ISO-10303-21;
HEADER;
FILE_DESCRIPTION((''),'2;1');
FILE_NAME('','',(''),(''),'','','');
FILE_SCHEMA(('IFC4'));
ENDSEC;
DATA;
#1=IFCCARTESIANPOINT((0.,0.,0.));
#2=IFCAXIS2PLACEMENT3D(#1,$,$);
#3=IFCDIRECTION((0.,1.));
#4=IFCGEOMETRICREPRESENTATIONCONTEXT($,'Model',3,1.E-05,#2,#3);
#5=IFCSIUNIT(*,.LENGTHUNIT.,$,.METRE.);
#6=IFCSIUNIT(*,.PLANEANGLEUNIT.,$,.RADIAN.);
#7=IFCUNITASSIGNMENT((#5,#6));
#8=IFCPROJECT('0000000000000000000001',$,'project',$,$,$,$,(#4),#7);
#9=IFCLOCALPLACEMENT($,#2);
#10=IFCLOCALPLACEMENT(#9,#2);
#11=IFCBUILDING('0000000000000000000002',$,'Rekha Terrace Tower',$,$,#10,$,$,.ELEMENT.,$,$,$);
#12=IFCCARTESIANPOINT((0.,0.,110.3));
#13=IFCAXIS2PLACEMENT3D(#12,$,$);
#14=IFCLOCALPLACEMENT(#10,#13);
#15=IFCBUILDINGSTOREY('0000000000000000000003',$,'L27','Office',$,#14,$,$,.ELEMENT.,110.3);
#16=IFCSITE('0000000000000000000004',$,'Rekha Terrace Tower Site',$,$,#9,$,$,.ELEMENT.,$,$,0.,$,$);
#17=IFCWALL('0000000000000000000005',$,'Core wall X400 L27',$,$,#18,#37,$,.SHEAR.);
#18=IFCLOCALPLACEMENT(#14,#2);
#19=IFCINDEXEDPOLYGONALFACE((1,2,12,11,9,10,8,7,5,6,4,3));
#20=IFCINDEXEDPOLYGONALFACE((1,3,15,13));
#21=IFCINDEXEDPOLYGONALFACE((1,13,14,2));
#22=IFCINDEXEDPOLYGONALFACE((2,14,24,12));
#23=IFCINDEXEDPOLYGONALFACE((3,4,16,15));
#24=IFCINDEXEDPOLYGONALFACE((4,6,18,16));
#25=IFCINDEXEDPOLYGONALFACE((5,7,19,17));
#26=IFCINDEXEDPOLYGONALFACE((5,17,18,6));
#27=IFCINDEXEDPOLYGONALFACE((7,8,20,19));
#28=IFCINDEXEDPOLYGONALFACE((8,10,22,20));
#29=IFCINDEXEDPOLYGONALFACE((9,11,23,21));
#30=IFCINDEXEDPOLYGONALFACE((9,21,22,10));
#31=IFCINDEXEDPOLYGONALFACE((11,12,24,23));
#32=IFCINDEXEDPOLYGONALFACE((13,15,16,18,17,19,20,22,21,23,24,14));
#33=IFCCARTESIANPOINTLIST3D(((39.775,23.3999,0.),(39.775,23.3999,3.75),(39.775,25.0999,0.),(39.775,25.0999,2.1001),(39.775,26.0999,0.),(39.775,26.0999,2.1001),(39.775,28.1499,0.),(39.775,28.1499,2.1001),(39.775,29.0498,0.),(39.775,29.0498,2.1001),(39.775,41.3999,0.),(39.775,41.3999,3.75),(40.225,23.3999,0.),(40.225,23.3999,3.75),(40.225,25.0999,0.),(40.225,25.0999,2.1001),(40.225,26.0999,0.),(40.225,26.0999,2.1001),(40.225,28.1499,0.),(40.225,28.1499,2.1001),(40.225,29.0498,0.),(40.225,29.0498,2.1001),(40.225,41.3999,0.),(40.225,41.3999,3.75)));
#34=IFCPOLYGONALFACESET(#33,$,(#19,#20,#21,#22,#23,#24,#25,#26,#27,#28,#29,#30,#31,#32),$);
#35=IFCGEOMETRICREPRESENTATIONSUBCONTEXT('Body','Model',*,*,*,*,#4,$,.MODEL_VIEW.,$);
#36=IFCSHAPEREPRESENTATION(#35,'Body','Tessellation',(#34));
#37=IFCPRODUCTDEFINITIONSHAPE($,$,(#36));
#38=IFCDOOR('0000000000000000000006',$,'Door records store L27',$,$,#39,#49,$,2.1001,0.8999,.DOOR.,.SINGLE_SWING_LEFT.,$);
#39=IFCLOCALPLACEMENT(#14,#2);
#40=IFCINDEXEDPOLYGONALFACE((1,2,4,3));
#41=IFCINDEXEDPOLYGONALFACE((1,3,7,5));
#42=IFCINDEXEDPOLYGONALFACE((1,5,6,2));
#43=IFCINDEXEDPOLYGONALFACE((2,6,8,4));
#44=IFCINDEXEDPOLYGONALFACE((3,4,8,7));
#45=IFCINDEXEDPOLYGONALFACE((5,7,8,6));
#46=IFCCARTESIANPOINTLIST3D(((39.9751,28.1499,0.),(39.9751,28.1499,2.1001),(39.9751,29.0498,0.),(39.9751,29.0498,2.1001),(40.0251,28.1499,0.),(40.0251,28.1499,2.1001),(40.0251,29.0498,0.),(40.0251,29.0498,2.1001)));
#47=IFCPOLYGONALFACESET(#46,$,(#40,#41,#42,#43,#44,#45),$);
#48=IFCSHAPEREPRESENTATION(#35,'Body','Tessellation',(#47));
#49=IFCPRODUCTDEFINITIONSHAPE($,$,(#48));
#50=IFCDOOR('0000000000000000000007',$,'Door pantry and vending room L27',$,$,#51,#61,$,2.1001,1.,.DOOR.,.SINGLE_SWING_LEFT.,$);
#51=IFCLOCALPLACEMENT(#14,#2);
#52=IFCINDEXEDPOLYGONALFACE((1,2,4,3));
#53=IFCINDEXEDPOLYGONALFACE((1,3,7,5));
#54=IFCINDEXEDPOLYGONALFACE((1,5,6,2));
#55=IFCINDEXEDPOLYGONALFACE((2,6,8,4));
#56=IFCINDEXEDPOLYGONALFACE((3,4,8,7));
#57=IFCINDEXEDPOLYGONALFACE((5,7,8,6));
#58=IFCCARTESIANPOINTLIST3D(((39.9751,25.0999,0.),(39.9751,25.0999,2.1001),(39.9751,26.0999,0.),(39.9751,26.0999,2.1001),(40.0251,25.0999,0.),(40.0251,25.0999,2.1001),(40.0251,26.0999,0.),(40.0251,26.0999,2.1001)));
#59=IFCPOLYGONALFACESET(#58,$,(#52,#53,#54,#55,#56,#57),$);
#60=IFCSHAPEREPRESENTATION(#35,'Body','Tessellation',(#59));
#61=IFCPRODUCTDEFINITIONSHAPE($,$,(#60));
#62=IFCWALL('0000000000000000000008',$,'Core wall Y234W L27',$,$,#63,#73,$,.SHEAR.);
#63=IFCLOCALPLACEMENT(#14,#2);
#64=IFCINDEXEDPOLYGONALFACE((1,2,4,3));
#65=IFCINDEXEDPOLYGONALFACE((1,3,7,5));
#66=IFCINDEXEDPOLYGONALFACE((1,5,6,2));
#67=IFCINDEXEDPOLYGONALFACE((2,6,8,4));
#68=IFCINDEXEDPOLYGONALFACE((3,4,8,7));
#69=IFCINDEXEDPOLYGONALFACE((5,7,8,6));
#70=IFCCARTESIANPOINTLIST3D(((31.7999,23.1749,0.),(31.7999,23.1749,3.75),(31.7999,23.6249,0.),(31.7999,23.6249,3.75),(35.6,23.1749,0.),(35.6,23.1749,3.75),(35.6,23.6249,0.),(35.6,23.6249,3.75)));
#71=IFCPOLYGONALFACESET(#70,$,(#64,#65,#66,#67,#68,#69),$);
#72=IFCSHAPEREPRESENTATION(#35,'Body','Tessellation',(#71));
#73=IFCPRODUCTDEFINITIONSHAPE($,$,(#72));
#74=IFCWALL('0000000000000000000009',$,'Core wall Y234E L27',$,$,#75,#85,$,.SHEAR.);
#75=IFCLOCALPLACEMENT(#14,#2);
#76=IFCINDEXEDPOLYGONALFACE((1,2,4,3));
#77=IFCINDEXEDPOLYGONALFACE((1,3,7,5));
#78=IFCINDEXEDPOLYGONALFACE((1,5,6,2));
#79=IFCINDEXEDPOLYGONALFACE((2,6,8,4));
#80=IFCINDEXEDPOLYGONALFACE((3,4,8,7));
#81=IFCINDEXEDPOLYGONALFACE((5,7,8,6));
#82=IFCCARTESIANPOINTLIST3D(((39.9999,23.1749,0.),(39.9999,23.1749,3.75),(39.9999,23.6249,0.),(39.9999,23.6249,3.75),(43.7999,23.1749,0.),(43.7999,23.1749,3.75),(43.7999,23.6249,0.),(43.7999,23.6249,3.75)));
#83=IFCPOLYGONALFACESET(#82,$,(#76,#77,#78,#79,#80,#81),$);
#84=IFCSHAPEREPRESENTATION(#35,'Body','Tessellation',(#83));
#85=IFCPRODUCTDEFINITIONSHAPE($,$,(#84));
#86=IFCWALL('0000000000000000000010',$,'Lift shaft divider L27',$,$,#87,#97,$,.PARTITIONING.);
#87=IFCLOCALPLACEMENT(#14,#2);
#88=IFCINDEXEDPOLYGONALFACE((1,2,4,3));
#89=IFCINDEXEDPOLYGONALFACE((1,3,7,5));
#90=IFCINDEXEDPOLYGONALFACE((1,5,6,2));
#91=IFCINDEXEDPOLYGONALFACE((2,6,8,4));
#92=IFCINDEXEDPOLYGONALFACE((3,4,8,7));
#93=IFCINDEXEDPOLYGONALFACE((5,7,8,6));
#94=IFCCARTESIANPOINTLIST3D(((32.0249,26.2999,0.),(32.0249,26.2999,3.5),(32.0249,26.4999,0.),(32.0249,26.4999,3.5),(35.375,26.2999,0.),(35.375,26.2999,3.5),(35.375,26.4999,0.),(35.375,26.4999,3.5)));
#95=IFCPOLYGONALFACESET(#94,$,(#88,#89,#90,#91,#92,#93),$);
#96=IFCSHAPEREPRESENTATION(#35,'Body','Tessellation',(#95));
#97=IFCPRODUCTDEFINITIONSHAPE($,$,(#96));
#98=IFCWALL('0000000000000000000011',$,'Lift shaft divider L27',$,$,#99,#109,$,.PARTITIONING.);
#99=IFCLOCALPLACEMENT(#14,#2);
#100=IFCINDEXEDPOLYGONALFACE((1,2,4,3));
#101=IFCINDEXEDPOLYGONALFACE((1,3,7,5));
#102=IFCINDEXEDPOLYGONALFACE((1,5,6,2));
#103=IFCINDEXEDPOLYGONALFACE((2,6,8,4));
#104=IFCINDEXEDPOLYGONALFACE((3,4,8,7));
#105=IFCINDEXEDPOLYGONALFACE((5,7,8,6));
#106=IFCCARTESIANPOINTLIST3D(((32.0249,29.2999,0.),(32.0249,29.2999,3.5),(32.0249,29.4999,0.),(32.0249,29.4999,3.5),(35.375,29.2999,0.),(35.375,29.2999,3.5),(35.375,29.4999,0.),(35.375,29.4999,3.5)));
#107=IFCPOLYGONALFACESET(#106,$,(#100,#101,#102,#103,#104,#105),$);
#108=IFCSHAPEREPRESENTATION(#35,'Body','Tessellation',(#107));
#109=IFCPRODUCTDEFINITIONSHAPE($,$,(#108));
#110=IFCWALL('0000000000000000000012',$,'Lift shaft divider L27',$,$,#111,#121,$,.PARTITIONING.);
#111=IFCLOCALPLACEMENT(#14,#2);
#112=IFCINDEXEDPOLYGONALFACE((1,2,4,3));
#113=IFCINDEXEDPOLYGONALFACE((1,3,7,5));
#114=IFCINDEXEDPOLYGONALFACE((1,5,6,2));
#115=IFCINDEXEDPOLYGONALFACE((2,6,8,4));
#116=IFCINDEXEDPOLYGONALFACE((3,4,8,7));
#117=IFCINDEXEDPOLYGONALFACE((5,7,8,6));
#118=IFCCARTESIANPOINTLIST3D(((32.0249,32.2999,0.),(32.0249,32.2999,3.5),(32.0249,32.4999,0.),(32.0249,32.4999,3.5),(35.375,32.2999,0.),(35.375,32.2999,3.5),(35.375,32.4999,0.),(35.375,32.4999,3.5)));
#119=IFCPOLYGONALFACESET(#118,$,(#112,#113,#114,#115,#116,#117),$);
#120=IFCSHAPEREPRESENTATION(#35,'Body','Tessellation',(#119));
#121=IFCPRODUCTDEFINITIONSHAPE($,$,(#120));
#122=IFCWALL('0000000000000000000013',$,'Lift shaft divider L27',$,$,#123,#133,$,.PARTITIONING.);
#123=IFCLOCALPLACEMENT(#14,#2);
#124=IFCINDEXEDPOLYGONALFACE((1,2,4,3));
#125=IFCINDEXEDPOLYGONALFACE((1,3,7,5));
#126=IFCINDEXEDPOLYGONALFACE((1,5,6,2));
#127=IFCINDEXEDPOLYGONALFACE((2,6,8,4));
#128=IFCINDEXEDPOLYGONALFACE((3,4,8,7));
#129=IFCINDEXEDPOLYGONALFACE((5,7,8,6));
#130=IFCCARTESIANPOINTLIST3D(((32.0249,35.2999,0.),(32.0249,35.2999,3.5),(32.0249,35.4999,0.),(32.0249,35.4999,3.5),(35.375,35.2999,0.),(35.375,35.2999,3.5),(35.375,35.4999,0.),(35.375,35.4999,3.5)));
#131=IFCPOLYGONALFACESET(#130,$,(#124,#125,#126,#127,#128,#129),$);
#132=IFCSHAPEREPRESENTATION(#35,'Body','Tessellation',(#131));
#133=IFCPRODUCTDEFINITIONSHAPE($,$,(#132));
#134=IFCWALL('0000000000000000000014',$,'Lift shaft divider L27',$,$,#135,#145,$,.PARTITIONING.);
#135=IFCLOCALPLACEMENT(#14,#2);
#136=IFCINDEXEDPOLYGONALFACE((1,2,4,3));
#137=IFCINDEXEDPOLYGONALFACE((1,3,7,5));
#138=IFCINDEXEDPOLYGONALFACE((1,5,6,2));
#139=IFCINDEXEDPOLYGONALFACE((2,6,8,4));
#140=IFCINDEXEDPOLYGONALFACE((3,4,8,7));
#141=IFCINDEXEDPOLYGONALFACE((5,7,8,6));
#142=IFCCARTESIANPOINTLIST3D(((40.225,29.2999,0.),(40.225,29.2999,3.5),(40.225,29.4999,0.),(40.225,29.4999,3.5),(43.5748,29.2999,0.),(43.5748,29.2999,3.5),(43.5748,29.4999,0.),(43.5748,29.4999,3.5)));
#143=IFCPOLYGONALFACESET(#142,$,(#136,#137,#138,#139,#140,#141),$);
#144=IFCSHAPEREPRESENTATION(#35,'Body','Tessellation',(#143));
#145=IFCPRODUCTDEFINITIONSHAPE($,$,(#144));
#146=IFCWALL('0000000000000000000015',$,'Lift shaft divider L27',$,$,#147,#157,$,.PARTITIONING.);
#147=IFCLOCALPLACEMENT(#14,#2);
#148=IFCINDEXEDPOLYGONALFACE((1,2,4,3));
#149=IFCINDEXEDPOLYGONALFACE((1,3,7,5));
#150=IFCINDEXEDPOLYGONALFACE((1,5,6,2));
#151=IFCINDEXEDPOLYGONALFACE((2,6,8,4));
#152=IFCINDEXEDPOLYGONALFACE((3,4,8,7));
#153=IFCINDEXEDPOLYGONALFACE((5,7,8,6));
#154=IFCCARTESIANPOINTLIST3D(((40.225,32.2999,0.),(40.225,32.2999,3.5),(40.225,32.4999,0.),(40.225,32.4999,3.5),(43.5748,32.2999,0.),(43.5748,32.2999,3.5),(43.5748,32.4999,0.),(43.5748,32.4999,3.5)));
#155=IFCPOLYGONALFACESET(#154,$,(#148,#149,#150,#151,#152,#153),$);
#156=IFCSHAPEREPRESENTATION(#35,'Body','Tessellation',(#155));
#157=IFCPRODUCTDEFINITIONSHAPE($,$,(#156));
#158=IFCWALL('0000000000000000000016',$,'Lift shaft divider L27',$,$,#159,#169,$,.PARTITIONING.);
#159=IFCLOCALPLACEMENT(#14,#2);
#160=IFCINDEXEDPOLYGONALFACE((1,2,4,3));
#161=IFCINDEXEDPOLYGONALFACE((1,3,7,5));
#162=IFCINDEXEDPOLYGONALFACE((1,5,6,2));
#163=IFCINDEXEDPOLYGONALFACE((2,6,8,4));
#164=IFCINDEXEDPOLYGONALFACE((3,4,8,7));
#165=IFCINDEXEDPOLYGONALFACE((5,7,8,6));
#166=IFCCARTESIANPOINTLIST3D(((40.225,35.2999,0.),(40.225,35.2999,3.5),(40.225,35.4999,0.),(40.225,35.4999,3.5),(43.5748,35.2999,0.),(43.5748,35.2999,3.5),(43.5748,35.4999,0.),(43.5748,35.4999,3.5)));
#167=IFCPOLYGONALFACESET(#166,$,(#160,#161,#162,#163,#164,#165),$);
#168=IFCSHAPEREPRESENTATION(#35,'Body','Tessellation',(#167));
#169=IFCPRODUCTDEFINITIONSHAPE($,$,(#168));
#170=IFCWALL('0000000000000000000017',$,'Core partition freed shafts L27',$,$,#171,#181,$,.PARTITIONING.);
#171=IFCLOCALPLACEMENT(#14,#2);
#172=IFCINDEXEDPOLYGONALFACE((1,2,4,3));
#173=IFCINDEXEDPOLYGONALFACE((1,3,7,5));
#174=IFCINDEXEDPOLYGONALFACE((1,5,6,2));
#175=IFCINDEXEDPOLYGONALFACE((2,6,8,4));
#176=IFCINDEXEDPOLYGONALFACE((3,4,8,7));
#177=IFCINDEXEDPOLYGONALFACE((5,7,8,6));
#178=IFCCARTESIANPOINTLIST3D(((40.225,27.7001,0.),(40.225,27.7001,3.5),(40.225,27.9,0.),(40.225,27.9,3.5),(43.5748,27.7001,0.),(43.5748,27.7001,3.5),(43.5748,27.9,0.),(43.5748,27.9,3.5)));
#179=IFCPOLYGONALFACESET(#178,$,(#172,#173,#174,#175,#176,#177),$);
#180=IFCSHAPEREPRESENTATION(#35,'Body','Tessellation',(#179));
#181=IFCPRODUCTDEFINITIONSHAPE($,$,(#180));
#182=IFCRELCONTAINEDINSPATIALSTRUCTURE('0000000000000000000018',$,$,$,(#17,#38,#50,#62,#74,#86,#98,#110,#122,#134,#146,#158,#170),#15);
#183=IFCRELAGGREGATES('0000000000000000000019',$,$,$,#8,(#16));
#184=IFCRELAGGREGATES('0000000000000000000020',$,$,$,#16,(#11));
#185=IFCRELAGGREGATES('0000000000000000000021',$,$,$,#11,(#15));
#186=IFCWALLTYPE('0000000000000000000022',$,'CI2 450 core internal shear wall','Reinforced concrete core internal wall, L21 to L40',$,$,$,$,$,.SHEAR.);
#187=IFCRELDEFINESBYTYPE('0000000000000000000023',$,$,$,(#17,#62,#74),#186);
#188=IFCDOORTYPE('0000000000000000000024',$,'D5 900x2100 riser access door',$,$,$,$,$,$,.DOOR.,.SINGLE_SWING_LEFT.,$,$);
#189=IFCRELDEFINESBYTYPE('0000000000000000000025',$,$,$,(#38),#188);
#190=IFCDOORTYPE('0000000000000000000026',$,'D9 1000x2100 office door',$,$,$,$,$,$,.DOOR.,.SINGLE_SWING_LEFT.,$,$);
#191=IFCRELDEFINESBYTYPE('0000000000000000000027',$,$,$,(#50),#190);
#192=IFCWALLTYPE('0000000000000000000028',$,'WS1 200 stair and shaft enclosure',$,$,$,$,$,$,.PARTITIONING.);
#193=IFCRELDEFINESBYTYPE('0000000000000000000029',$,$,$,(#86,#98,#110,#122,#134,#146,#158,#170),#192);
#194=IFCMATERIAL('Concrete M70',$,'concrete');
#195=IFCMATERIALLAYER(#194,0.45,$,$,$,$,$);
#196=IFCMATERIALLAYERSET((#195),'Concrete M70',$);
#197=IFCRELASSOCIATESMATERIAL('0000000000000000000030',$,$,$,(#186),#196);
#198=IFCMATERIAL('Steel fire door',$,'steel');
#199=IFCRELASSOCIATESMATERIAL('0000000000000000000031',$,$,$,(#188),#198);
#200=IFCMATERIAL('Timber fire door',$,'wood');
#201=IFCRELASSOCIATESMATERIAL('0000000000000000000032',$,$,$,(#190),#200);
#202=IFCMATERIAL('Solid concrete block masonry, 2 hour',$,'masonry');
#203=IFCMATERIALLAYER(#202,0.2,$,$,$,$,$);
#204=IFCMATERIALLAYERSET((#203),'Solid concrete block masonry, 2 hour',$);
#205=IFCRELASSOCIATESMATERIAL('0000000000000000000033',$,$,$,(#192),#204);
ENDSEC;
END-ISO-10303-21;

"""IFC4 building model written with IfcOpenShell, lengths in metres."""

from ifc_helpers import new_model, si_unit, direction, frame, frame_2d, origin, place, context, subcontext, project, spatial, rectangle, extrude, material, layer, layer_set, type_object, element, fill, save


model = new_model("IFC4")

# Units and contexts
model_context = context("Model", 3, precision=1e-05, world=origin(), true_north=direction((0.0, 1.0)))
body_context = subcontext(model_context, "Body", "Model", "MODEL_VIEW")
ifc_project = project(units=[si_unit("LENGTHUNIT", "METRE"), si_unit("PLANEANGLEUNIT", "RADIAN")], contexts=[model_context])

# Site, building, storey
site_placement = place(None, origin())
site = spatial("IfcSite", under=ifc_project, at=site_placement, Name="Rekha Terrace Tower Site", CompositionType="ELEMENT", RefElevation=0.0)
building_placement = place(site_placement, origin())
building = spatial("IfcBuilding", under=site, at=building_placement, Name="Rekha Terrace Tower", CompositionType="ELEMENT")
storey_placement = place(building_placement, frame((0.0, 0.0, 110.3)))
storey = spatial("IfcBuildingStorey", under=building, at=storey_placement, Name="L27", Description="Office", CompositionType="ELEMENT", Elevation=110.3)

# Wall, openings, doors
ifc_material_1 = material(Name="Concrete M70", Category="concrete")
ifc_layer_1 = layer(ifc_material_1, 0.45)
ifc_layer_set_1 = layer_set([ifc_layer_1], Name="Concrete M70")
wall_type_1 = type_object("IfcWallType", Name="CI2 450 core internal shear wall", Description="Reinforced concrete core internal wall, L21 to L40", PredefinedType="SHEAR", material=ifc_layer_set_1)
wall_1_placement = place(storey_placement, frame((40.0, 23.3999, 0.0), z_axis=(0.0, 0.0, 1.0), x_axis=(0.0, 1.0, 0.0)))
wall_1 = element("IfcWall", 1, at=wall_1_placement, inside=storey, type_object=wall_type_1, Name="Core wall X400 L27", PredefinedType="SHEAR", context=body_context, shape_type="SweptSolid", body=[
    extrude(rectangle(XDim=18.0, YDim=0.45, at=frame_2d((9.0, 0.0))), origin(), (0.0, 0.0, 1.0), 3.75),
])
opening_1_placement = place(wall_1_placement, frame((1.7, 0.0, 0.0)))
opening_1 = element("IfcOpeningElement", 2, at=opening_1_placement, cuts=wall_1, PredefinedType="OPENING", context=body_context, shape_type="SweptSolid", body=[
    extrude(rectangle(XDim=1.0, YDim=2.1001, at=frame_2d((0.5, 1.05))), frame((0.0, 0.2349, 0.0), z_axis=(0.0, -1.0, 0.0), x_axis=(1.0, 0.0, 0.0)), (0.0, 0.0, 1.0), 0.47),
])
opening_2_placement = place(wall_1_placement, frame((4.75, 0.0, 0.0)))
opening_2 = element("IfcOpeningElement", 3, at=opening_2_placement, cuts=wall_1, PredefinedType="OPENING", context=body_context, shape_type="SweptSolid", body=[
    extrude(rectangle(XDim=0.8999, YDim=2.1001, at=frame_2d((0.45, 1.05))), frame((0.0, 0.2349, 0.0), z_axis=(0.0, -1.0, 0.0), x_axis=(1.0, 0.0, 0.0)), (0.0, 0.0, 1.0), 0.47),
])
ifc_material_2 = material(Name="Steel fire door", Category="steel")
door_type_1 = type_object("IfcDoorType", Name="D5 900x2100 riser access door", OperationType="SINGLE_SWING_LEFT", PredefinedType="DOOR", material=ifc_material_2)
door_1_placement = place(opening_2_placement, origin())
door_1 = element("IfcDoor", 4, at=door_1_placement, inside=storey, type_object=door_type_1, Name="Door records store L27", OperationType="SINGLE_SWING_LEFT", OverallHeight=2.1001, OverallWidth=0.8999, PredefinedType="DOOR", context=body_context, shape_type="SweptSolid", body=[
    extrude(rectangle(XDim=0.8999, YDim=2.1001, at=frame_2d((0.45, 1.05))), frame((0.0, 0.0249, 0.0), z_axis=(0.0, -1.0, 0.0), x_axis=(1.0, 0.0, 0.0)), (0.0, 0.0, 1.0), 0.05),
])
fill(opening_2, door_1)
ifc_material_3 = material(Name="Timber fire door", Category="wood")
door_type_2 = type_object("IfcDoorType", Name="D9 1000x2100 office door", OperationType="SINGLE_SWING_LEFT", PredefinedType="DOOR", material=ifc_material_3)
door_2_placement = place(opening_1_placement, origin())
door_2 = element("IfcDoor", 5, at=door_2_placement, inside=storey, type_object=door_type_2, Name="Door pantry and vending room L27", OperationType="SINGLE_SWING_LEFT", OverallHeight=2.1001, OverallWidth=1.0, PredefinedType="DOOR", context=body_context, shape_type="SweptSolid", body=[
    extrude(rectangle(XDim=1.0, YDim=2.1001, at=frame_2d((0.5, 1.05))), frame((0.0, 0.0249, 0.0), z_axis=(0.0, -1.0, 0.0), x_axis=(1.0, 0.0, 0.0)), (0.0, 0.0, 1.0), 0.05),
])
fill(opening_1, door_2)

# Walls
for number, where, z_axis, x_axis, name in (
    (6, (31.8, 23.3999, 0.0), (0.0, 0.0, 1.0), (1.0, 0.0, 0.0), "Core wall Y234W L27"),
    (7, (40.0, 23.3999, 0.0), (0.0, 0.0, 1.0), (1.0, 0.0, 0.0), "Core wall Y234E L27"),
):
    element("IfcWall", number, at=place(storey_placement, frame(where, z_axis=z_axis, x_axis=x_axis)), inside=storey, type_object=wall_type_1, Name=name, PredefinedType="SHEAR", context=body_context, shape_type="SweptSolid", body=[
        extrude(rectangle(XDim=3.8, YDim=0.45, at=frame_2d((1.8999, 0.0))), origin(), (0.0, 0.0, 1.0), 3.75),
    ])
ifc_material_4 = material(Name="Solid concrete block masonry, 2 hour", Category="masonry")
ifc_layer_2 = layer(ifc_material_4, 0.2)
ifc_layer_set_2 = layer_set([ifc_layer_2], Name="Solid concrete block masonry, 2 hour")
wall_type_2 = type_object("IfcWallType", Name="WS1 200 stair and shaft enclosure", PredefinedType="PARTITIONING", material=ifc_layer_set_2)
for number, where, z_axis, x_axis, name in (
    (8, (32.0249, 26.3999, 0.0), (0.0, 0.0, 1.0), (1.0, 0.0, 0.0), "Lift shaft divider L27"),
    (9, (32.0249, 29.3999, 0.0), (0.0, 0.0, 1.0), (1.0, 0.0, 0.0), "Lift shaft divider L27"),
    (10, (32.0249, 32.3999, 0.0), (0.0, 0.0, 1.0), (1.0, 0.0, 0.0), "Lift shaft divider L27"),
    (11, (32.0249, 35.3999, 0.0), (0.0, 0.0, 1.0), (1.0, 0.0, 0.0), "Lift shaft divider L27"),
):
    element("IfcWall", number, at=place(storey_placement, frame(where, z_axis=z_axis, x_axis=x_axis)), inside=storey, type_object=wall_type_2, Name=name, PredefinedType="PARTITIONING", context=body_context, shape_type="SweptSolid", body=[
        extrude(rectangle(XDim=3.3501, YDim=0.2, at=frame_2d((1.675, 0.0))), origin(), (0.0, 0.0, 1.0), 3.5),
    ])
for number, where, z_axis, x_axis, name in (
    (12, (40.2251, 29.3999, 0.0), (0.0, 0.0, 1.0), (1.0, 0.0, 0.0), "Lift shaft divider L27"),
    (13, (40.2251, 32.3999, 0.0), (0.0, 0.0, 1.0), (1.0, 0.0, 0.0), "Lift shaft divider L27"),
    (14, (40.2251, 35.3999, 0.0), (0.0, 0.0, 1.0), (1.0, 0.0, 0.0), "Lift shaft divider L27"),
    (15, (40.2251, 27.8, 0.0), (0.0, 0.0, 1.0), (1.0, 0.0, 0.0), "Core partition freed shafts L27"),
):
    element("IfcWall", number, at=place(storey_placement, frame(where, z_axis=z_axis, x_axis=x_axis)), inside=storey, type_object=wall_type_2, Name=name, PredefinedType="PARTITIONING", context=body_context, shape_type="SweptSolid", body=[
        extrude(rectangle(XDim=3.3499, YDim=0.2, at=frame_2d((1.6748, 0.0))), origin(), (0.0, 0.0, 1.0), 3.5),
    ])

save(model, "model.ifc")
